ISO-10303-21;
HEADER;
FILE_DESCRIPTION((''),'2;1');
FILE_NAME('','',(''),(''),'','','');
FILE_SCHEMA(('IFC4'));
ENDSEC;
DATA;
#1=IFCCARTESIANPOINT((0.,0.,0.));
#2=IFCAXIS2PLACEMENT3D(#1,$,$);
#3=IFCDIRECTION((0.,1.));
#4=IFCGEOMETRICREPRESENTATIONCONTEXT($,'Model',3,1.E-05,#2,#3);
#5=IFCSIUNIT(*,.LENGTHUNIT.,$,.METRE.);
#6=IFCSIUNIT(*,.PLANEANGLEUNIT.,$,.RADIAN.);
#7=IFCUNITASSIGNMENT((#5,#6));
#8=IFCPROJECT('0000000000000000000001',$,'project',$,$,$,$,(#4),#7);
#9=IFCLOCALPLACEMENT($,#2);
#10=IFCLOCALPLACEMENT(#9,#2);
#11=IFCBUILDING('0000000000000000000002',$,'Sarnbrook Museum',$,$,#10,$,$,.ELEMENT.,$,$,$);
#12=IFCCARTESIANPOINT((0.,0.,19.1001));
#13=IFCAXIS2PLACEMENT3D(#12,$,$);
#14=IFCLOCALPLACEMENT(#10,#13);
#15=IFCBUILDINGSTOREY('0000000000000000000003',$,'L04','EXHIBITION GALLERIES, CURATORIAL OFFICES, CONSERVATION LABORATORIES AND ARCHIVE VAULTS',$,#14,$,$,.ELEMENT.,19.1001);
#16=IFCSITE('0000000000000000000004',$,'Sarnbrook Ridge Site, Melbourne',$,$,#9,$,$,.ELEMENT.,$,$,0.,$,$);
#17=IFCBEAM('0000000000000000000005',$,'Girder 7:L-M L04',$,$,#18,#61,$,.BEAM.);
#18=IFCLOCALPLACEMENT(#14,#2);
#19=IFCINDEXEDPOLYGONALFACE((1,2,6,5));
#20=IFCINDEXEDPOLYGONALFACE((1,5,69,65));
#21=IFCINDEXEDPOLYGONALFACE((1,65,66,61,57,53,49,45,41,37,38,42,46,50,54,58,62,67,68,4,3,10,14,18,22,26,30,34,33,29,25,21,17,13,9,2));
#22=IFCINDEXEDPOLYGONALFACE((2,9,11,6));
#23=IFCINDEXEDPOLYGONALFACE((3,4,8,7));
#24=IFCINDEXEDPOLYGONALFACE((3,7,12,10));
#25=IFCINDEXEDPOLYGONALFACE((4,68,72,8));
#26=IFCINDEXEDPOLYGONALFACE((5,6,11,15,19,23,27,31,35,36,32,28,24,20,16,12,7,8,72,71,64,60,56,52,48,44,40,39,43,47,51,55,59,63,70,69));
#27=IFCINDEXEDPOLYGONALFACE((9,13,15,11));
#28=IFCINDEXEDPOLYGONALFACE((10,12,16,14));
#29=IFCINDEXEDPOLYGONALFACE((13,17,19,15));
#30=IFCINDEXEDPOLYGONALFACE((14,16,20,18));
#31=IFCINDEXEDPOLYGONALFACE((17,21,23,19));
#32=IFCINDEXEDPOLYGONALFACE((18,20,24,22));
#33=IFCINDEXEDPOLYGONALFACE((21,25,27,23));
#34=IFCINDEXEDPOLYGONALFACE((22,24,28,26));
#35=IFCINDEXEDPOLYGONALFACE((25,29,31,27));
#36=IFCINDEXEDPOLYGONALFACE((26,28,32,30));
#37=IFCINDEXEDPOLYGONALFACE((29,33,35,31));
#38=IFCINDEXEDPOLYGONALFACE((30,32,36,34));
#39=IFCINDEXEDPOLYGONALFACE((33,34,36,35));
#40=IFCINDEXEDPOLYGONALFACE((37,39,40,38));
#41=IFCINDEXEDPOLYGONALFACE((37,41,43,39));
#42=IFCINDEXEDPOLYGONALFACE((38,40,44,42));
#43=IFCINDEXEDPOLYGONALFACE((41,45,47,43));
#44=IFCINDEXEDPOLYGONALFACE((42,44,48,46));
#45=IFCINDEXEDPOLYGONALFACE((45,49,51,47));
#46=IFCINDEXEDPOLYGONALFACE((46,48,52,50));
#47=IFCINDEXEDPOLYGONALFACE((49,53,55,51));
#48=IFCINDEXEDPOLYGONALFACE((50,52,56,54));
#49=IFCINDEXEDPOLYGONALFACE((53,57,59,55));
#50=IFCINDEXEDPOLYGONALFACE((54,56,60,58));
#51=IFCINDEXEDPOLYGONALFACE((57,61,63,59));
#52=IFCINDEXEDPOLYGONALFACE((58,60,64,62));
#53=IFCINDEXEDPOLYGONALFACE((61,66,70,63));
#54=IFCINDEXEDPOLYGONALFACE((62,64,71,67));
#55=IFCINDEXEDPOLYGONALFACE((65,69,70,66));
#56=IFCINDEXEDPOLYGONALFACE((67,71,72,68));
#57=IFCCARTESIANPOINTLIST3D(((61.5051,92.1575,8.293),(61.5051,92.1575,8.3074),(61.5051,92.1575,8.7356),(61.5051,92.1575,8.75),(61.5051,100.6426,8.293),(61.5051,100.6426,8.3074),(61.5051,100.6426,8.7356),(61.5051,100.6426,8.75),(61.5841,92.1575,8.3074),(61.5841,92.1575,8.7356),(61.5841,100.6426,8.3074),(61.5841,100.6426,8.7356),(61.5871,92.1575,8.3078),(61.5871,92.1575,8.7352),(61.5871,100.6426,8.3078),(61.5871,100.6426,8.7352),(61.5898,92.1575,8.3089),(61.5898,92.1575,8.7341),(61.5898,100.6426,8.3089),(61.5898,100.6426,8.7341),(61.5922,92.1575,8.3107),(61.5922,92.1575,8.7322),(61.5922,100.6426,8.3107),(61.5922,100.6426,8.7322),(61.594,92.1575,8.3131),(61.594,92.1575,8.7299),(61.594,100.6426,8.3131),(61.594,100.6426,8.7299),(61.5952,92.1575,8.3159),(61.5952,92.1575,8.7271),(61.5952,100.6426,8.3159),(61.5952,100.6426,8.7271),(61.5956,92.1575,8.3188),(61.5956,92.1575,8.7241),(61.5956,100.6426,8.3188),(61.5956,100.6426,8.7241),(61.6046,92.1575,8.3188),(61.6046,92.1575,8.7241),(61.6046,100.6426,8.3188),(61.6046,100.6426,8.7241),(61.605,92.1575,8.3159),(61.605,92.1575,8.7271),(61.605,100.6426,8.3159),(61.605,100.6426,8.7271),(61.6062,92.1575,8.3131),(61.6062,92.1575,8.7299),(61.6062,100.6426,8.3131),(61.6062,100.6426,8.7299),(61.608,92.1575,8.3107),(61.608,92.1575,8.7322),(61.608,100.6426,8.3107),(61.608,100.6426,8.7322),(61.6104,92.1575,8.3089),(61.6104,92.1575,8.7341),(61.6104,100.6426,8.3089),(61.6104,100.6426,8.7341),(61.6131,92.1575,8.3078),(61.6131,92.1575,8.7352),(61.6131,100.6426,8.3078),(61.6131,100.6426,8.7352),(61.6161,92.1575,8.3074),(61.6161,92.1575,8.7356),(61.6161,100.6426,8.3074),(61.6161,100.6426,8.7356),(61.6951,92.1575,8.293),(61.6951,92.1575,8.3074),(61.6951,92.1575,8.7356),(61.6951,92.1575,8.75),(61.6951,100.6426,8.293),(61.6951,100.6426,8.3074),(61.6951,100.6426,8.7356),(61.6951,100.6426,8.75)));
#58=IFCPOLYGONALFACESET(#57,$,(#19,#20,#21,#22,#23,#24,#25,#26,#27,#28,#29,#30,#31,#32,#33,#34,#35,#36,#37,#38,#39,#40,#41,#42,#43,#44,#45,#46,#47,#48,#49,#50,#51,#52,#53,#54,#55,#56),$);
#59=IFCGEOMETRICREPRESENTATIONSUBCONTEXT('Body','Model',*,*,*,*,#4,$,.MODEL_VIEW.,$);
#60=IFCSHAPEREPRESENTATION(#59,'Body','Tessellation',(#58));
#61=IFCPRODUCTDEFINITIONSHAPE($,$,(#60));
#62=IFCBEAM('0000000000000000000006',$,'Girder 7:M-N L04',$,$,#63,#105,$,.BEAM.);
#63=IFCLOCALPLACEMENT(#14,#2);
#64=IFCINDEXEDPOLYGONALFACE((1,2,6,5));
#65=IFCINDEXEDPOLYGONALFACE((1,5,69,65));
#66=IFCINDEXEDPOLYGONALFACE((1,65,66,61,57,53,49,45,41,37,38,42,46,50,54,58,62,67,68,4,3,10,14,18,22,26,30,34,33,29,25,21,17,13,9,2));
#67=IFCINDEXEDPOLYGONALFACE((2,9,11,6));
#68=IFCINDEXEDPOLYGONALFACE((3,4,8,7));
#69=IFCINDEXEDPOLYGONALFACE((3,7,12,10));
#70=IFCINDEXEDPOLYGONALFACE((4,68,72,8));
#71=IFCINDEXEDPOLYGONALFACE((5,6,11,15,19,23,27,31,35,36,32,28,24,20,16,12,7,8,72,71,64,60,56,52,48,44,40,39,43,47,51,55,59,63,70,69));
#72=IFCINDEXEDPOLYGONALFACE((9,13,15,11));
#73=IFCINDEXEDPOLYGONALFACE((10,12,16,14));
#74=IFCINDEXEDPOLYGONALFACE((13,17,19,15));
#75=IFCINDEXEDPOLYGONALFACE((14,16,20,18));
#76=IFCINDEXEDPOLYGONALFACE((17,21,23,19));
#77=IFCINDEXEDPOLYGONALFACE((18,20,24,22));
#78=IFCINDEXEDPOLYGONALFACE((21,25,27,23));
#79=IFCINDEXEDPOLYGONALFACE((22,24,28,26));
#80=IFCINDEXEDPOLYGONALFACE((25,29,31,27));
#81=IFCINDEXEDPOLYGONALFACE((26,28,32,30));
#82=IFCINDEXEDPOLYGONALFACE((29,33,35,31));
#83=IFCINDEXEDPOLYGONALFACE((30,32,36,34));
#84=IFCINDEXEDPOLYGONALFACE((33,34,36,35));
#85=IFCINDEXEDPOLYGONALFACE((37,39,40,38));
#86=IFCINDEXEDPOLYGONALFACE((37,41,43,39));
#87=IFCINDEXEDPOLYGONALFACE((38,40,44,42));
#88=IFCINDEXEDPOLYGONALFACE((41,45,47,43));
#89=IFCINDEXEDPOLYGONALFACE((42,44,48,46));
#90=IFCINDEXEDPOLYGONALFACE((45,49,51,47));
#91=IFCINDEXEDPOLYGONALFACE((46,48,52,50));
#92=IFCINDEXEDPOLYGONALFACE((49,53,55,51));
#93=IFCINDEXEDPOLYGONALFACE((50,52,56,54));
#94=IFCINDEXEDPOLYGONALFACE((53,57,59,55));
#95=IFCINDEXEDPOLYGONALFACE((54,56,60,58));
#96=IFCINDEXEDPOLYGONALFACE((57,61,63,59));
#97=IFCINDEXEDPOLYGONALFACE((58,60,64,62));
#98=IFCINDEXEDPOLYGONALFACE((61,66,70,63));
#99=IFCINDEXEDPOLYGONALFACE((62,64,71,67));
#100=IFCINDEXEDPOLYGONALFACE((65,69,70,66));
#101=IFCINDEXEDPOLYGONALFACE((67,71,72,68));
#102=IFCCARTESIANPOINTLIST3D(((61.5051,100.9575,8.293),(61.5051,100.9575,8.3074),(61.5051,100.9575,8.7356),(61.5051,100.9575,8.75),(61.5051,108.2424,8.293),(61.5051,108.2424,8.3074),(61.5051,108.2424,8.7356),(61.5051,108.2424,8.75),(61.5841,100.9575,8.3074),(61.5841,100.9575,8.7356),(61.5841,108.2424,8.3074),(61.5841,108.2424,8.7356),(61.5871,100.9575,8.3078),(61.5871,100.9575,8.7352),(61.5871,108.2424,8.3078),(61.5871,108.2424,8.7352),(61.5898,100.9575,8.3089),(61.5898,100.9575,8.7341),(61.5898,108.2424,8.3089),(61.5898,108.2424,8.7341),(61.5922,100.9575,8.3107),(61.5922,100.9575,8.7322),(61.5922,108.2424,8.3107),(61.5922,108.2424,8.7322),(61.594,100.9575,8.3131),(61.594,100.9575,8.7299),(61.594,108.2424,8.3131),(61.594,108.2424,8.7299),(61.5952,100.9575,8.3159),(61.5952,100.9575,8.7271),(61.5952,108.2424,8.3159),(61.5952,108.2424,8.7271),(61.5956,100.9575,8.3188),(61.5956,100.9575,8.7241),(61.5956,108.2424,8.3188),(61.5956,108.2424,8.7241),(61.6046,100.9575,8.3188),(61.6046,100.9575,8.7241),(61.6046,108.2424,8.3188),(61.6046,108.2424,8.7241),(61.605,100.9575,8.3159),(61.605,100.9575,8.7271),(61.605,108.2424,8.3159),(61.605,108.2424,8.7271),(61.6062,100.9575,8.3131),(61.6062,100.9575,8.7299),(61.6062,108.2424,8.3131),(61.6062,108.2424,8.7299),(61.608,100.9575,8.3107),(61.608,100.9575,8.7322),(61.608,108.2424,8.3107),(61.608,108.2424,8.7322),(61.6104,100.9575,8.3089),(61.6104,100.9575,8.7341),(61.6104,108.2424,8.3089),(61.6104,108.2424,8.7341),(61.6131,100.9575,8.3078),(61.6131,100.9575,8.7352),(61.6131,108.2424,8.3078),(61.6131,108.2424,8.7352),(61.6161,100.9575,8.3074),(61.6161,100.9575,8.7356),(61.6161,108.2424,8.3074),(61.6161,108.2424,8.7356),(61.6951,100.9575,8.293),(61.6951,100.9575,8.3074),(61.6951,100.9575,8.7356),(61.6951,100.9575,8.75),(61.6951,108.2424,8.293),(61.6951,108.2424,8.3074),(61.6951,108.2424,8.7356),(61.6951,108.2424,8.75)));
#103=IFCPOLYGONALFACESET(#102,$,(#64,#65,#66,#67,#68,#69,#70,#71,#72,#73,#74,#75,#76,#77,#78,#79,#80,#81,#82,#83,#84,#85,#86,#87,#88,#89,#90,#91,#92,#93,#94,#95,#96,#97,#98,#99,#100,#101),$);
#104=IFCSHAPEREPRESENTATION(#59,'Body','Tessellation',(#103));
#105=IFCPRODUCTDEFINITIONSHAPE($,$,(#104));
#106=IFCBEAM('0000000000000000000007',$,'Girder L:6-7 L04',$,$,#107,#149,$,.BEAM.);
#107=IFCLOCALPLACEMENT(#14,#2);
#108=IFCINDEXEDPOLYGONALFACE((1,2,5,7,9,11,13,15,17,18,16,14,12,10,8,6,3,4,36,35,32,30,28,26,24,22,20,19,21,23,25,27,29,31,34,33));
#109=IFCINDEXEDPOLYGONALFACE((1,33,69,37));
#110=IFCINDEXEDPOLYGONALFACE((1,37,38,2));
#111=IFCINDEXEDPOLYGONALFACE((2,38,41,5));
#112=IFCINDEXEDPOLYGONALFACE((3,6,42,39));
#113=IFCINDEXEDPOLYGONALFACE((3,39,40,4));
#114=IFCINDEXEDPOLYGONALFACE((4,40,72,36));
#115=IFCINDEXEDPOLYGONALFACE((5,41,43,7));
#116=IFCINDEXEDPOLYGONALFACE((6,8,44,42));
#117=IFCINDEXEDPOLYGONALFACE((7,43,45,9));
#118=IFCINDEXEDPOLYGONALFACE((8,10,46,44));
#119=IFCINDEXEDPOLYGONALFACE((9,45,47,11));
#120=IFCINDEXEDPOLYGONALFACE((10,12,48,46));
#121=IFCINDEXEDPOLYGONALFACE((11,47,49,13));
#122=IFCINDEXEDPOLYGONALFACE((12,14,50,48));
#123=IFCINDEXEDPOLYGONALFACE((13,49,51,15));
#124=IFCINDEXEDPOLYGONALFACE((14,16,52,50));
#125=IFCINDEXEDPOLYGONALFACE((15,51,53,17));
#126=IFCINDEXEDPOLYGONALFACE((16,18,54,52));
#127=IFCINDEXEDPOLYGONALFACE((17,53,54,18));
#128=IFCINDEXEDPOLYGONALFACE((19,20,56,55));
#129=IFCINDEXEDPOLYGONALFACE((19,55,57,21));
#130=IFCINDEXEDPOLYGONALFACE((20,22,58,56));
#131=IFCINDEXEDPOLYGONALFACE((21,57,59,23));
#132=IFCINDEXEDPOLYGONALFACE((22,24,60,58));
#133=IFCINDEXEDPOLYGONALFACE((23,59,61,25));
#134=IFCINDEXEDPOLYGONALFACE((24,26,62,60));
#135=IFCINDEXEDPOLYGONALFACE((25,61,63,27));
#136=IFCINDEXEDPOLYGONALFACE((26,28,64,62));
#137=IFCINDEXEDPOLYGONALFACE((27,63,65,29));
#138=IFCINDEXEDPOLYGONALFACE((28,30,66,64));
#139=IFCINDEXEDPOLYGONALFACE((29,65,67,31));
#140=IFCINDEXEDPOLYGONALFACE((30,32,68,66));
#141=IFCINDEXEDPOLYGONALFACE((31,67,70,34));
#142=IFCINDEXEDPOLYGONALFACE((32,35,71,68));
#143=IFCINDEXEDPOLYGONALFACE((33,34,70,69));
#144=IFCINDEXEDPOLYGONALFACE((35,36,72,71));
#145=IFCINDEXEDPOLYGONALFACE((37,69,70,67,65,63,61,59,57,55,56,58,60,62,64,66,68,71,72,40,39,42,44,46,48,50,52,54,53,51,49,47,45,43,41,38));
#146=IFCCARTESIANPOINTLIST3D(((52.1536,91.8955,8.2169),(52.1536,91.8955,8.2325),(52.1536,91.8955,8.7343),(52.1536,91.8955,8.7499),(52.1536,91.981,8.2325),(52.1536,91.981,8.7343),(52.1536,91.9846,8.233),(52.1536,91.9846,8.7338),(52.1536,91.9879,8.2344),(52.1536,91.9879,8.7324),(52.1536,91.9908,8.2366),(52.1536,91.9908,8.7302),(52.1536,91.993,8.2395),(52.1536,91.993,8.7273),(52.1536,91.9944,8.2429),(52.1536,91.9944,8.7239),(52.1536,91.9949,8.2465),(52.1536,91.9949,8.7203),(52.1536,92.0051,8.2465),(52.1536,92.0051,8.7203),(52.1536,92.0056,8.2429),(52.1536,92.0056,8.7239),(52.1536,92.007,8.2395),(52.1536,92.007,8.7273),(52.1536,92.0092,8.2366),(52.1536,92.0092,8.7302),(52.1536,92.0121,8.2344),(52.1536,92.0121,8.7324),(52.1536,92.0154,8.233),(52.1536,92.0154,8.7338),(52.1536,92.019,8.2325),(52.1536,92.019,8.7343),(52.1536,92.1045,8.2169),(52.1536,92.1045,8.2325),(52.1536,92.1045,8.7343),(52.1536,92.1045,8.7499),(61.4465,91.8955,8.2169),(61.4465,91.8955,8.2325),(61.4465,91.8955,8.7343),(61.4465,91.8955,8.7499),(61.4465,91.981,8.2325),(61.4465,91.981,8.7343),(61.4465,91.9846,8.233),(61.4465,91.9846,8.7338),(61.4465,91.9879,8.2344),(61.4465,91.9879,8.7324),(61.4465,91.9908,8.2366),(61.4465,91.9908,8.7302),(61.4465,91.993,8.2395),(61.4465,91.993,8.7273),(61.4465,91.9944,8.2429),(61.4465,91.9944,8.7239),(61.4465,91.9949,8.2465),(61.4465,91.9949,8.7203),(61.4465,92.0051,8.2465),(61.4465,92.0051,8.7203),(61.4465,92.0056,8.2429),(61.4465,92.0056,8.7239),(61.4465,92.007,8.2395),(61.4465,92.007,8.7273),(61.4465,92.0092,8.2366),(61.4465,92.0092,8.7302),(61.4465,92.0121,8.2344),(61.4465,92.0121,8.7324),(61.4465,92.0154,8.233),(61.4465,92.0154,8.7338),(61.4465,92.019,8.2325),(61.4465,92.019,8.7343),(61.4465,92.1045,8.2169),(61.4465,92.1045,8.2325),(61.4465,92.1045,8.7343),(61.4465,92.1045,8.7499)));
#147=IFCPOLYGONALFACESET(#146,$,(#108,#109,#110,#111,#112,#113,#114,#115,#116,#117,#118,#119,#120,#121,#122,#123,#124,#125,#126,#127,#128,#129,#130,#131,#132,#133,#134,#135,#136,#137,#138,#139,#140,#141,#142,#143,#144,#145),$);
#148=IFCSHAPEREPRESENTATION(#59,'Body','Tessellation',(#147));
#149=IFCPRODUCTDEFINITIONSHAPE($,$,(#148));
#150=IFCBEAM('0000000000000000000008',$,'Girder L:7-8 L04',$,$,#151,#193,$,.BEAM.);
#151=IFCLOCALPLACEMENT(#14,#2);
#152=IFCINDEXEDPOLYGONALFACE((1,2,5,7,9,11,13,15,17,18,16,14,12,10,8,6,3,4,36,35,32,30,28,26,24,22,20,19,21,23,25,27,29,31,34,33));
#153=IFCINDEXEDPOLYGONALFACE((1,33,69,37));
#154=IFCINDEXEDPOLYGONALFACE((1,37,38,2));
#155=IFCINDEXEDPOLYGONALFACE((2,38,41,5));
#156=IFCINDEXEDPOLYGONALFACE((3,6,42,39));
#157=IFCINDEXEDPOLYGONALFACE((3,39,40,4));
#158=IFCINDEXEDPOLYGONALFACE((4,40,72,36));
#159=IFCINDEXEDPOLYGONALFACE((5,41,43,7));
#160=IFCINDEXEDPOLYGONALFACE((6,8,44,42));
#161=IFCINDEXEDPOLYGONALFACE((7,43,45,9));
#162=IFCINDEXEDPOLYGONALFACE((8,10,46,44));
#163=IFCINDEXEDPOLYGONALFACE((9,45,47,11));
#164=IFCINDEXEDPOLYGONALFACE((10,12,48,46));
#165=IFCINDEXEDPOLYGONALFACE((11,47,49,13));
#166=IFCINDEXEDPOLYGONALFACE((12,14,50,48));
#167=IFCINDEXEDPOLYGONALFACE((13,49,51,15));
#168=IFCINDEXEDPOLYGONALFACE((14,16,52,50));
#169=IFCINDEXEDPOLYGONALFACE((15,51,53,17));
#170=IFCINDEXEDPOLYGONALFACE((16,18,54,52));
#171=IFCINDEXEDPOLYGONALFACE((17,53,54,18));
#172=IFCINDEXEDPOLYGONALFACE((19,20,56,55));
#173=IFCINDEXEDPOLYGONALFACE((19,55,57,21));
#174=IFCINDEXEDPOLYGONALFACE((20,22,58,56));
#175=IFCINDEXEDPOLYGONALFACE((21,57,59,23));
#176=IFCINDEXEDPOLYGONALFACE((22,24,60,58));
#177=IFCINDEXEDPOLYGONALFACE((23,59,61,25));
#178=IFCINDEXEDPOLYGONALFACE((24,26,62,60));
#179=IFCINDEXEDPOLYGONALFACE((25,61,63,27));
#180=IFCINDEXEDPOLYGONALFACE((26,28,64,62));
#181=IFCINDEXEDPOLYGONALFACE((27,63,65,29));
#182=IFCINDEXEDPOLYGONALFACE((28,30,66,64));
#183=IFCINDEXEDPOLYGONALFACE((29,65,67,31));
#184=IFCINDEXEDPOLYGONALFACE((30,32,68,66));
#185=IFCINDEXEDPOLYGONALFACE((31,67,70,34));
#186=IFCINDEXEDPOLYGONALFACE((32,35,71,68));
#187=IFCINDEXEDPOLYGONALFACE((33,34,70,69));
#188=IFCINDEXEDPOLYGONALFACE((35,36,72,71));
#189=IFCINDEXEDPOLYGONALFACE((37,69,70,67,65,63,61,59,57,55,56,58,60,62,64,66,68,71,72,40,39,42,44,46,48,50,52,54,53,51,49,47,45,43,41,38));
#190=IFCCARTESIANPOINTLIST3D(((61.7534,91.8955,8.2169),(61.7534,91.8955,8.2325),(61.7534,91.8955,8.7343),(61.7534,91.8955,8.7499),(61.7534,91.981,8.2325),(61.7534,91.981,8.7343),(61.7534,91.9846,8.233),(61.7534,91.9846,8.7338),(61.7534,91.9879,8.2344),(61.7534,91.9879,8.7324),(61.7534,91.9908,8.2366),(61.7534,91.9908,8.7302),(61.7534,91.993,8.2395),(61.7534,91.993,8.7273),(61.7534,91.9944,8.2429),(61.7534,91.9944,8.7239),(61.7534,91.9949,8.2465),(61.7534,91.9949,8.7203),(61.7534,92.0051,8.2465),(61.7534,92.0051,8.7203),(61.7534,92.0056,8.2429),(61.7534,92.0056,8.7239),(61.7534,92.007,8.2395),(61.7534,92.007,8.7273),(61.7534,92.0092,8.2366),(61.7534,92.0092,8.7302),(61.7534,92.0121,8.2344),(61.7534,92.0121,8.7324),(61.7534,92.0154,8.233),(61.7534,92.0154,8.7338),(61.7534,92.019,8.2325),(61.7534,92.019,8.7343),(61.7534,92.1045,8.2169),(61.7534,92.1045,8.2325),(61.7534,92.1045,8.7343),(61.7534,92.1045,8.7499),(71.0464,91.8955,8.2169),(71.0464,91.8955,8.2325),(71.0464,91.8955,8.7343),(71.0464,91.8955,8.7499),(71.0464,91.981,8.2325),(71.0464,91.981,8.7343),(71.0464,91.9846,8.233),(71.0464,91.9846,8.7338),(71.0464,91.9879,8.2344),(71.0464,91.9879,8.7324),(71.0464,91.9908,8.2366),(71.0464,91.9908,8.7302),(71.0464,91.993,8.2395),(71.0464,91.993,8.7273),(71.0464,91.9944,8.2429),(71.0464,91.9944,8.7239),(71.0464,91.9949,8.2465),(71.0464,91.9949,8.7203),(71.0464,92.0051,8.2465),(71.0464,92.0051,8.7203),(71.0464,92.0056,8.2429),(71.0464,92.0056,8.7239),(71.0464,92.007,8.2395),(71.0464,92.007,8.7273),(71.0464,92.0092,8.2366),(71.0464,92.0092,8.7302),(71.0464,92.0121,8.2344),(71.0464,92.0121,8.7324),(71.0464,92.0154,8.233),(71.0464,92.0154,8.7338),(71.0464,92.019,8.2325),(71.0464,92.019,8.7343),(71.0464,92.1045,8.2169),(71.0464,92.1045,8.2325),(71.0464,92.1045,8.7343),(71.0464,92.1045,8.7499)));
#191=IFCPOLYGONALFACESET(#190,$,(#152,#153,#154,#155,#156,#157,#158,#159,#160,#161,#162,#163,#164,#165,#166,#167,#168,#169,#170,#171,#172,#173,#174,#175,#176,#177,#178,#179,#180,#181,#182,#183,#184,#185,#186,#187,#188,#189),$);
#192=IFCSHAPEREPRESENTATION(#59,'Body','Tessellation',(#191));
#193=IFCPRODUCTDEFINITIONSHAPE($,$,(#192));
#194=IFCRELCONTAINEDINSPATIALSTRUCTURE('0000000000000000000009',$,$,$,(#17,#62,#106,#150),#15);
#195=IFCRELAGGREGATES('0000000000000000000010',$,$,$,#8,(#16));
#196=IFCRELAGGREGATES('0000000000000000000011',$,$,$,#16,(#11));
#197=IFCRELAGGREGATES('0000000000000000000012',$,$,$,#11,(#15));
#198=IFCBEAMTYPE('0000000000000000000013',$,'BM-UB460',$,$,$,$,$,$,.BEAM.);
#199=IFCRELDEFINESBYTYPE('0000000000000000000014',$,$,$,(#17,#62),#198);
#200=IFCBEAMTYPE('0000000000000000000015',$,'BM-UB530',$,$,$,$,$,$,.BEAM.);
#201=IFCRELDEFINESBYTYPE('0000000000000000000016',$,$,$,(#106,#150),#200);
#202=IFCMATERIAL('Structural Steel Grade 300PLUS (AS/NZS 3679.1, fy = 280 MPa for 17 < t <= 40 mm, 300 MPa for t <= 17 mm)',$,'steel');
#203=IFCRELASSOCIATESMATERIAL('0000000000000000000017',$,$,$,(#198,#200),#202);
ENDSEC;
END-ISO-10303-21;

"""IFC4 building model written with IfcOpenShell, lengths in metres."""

from ifc_helpers import new_model, si_unit, direction, frame, origin, origin_2d, place, context, subcontext, project, spatial, i_section, extrude, material, material_profile, profile_set, type_object, element, save


model = new_model("IFC4")

# Units and contexts
model_context = context("Model", 3, precision=1e-05, world=origin(), true_north=direction((0.0, 1.0)))
body_context = subcontext(model_context, "Body", "Model", "MODEL_VIEW")
ifc_project = project(units=[si_unit("LENGTHUNIT", "METRE"), si_unit("PLANEANGLEUNIT", "RADIAN")], contexts=[model_context])

# Site, building, storey
site_placement = place(None, origin())
site = spatial("IfcSite", under=ifc_project, at=site_placement, Name="Sarnbrook Ridge Site, Melbourne", CompositionType="ELEMENT", RefElevation=0.0)
building_placement = place(site_placement, origin())
building = spatial("IfcBuilding", under=site, at=building_placement, Name="Sarnbrook Museum", CompositionType="ELEMENT")
storey_placement = place(building_placement, frame((0.0, 0.0, 19.1001)))
storey = spatial("IfcBuildingStorey", under=building, at=storey_placement, Name="L04", Description="EXHIBITION GALLERIES, CURATORIAL OFFICES, CONSERVATION LABORATORIES AND ARCHIVE VAULTS", CompositionType="ELEMENT", Elevation=19.1001)

# Shared definitions
ifc_material_1 = material(Name="Structural Steel Grade 300PLUS (AS/NZS 3679.1, fy = 280 MPa for 17 < t <= 40 mm, 300 MPa for t <= 17 mm)", Category="steel")

# Beams
ifc_material_profile_1 = material_profile(ifc_material_1, i_section(OverallWidth=0.1899, OverallDepth=0.457, WebThickness=0.009, FlangeThickness=0.0144, FilletRadius=0.0115, at=origin_2d()), Name="460UB74.6")
ifc_profile_set_1 = profile_set([ifc_material_profile_1], Name="Structural Steel Grade 300PLUS (AS/NZS 3679.1, fy = 280 MPa for 17 < t <= 40 mm, 300 MPa for t <= 17 mm)")
beam_type_1 = type_object("IfcBeamType", Name="BM-UB460", PredefinedType="BEAM", material=ifc_profile_set_1)
beam_1_placement = place(storey_placement, frame((61.6001, 92.1575, 8.5215), z_axis=(0.0, 1.0, 0.0), x_axis=(-1.0, 0.0, 0.0)))
element("IfcBeam", 1, at=beam_1_placement, inside=storey, type_object=beam_type_1, Name="Girder 7:L-M L04", PredefinedType="BEAM", context=body_context, shape_type="SweptSolid", body=[
    extrude(i_section(OverallWidth=0.1899, OverallDepth=0.457, WebThickness=0.009, FlangeThickness=0.0144, FilletRadius=0.0115, at=origin_2d()), origin(), (0.0, 0.0, 1.0), 8.4851),
])
beam_2_placement = place(storey_placement, frame((61.6001, 100.9575, 8.5215), z_axis=(0.0, 1.0, 0.0), x_axis=(-1.0, 0.0, 0.0)))
element("IfcBeam", 2, at=beam_2_placement, inside=storey, type_object=beam_type_1, Name="Girder 7:M-N L04", PredefinedType="BEAM", context=body_context, shape_type="SweptSolid", body=[
    extrude(i_section(OverallWidth=0.1899, OverallDepth=0.457, WebThickness=0.009, FlangeThickness=0.0144, FilletRadius=0.0115, at=origin_2d()), origin(), (0.0, 0.0, 1.0), 7.2849),
])
ifc_material_profile_2 = material_profile(ifc_material_1, i_section(OverallWidth=0.209, OverallDepth=0.533, WebThickness=0.0103, FlangeThickness=0.0156, FilletRadius=0.0139, at=origin_2d()), Name="530UB92.4")
ifc_profile_set_2 = profile_set([ifc_material_profile_2], Name="Structural Steel Grade 300PLUS (AS/NZS 3679.1, fy = 280 MPa for 17 < t <= 40 mm, 300 MPa for t <= 17 mm)")
beam_type_2 = type_object("IfcBeamType", Name="BM-UB530", PredefinedType="BEAM", material=ifc_profile_set_2)
for number, where, z_axis, x_axis, name in (
    (3, (52.1536, 92.0, 8.4834), (1.0, 0.0, 0.0), (0.0, 1.0, 0.0), "Girder L:6-7 L04"),
    (4, (61.7534, 92.0, 8.4834), (1.0, 0.0, 0.0), (0.0, 1.0, 0.0), "Girder L:7-8 L04"),
):
    element("IfcBeam", number, at=place(storey_placement, frame(where, z_axis=z_axis, x_axis=x_axis)), inside=storey, type_object=beam_type_2, Name=name, PredefinedType="BEAM", context=body_context, shape_type="SweptSolid", body=[
        extrude(i_section(OverallWidth=0.209, OverallDepth=0.533, WebThickness=0.0103, FlangeThickness=0.0156, FilletRadius=0.0139, at=origin_2d()), origin(), (0.0, 0.0, 1.0), 9.293),
    ])

save(model, "model.ifc")
